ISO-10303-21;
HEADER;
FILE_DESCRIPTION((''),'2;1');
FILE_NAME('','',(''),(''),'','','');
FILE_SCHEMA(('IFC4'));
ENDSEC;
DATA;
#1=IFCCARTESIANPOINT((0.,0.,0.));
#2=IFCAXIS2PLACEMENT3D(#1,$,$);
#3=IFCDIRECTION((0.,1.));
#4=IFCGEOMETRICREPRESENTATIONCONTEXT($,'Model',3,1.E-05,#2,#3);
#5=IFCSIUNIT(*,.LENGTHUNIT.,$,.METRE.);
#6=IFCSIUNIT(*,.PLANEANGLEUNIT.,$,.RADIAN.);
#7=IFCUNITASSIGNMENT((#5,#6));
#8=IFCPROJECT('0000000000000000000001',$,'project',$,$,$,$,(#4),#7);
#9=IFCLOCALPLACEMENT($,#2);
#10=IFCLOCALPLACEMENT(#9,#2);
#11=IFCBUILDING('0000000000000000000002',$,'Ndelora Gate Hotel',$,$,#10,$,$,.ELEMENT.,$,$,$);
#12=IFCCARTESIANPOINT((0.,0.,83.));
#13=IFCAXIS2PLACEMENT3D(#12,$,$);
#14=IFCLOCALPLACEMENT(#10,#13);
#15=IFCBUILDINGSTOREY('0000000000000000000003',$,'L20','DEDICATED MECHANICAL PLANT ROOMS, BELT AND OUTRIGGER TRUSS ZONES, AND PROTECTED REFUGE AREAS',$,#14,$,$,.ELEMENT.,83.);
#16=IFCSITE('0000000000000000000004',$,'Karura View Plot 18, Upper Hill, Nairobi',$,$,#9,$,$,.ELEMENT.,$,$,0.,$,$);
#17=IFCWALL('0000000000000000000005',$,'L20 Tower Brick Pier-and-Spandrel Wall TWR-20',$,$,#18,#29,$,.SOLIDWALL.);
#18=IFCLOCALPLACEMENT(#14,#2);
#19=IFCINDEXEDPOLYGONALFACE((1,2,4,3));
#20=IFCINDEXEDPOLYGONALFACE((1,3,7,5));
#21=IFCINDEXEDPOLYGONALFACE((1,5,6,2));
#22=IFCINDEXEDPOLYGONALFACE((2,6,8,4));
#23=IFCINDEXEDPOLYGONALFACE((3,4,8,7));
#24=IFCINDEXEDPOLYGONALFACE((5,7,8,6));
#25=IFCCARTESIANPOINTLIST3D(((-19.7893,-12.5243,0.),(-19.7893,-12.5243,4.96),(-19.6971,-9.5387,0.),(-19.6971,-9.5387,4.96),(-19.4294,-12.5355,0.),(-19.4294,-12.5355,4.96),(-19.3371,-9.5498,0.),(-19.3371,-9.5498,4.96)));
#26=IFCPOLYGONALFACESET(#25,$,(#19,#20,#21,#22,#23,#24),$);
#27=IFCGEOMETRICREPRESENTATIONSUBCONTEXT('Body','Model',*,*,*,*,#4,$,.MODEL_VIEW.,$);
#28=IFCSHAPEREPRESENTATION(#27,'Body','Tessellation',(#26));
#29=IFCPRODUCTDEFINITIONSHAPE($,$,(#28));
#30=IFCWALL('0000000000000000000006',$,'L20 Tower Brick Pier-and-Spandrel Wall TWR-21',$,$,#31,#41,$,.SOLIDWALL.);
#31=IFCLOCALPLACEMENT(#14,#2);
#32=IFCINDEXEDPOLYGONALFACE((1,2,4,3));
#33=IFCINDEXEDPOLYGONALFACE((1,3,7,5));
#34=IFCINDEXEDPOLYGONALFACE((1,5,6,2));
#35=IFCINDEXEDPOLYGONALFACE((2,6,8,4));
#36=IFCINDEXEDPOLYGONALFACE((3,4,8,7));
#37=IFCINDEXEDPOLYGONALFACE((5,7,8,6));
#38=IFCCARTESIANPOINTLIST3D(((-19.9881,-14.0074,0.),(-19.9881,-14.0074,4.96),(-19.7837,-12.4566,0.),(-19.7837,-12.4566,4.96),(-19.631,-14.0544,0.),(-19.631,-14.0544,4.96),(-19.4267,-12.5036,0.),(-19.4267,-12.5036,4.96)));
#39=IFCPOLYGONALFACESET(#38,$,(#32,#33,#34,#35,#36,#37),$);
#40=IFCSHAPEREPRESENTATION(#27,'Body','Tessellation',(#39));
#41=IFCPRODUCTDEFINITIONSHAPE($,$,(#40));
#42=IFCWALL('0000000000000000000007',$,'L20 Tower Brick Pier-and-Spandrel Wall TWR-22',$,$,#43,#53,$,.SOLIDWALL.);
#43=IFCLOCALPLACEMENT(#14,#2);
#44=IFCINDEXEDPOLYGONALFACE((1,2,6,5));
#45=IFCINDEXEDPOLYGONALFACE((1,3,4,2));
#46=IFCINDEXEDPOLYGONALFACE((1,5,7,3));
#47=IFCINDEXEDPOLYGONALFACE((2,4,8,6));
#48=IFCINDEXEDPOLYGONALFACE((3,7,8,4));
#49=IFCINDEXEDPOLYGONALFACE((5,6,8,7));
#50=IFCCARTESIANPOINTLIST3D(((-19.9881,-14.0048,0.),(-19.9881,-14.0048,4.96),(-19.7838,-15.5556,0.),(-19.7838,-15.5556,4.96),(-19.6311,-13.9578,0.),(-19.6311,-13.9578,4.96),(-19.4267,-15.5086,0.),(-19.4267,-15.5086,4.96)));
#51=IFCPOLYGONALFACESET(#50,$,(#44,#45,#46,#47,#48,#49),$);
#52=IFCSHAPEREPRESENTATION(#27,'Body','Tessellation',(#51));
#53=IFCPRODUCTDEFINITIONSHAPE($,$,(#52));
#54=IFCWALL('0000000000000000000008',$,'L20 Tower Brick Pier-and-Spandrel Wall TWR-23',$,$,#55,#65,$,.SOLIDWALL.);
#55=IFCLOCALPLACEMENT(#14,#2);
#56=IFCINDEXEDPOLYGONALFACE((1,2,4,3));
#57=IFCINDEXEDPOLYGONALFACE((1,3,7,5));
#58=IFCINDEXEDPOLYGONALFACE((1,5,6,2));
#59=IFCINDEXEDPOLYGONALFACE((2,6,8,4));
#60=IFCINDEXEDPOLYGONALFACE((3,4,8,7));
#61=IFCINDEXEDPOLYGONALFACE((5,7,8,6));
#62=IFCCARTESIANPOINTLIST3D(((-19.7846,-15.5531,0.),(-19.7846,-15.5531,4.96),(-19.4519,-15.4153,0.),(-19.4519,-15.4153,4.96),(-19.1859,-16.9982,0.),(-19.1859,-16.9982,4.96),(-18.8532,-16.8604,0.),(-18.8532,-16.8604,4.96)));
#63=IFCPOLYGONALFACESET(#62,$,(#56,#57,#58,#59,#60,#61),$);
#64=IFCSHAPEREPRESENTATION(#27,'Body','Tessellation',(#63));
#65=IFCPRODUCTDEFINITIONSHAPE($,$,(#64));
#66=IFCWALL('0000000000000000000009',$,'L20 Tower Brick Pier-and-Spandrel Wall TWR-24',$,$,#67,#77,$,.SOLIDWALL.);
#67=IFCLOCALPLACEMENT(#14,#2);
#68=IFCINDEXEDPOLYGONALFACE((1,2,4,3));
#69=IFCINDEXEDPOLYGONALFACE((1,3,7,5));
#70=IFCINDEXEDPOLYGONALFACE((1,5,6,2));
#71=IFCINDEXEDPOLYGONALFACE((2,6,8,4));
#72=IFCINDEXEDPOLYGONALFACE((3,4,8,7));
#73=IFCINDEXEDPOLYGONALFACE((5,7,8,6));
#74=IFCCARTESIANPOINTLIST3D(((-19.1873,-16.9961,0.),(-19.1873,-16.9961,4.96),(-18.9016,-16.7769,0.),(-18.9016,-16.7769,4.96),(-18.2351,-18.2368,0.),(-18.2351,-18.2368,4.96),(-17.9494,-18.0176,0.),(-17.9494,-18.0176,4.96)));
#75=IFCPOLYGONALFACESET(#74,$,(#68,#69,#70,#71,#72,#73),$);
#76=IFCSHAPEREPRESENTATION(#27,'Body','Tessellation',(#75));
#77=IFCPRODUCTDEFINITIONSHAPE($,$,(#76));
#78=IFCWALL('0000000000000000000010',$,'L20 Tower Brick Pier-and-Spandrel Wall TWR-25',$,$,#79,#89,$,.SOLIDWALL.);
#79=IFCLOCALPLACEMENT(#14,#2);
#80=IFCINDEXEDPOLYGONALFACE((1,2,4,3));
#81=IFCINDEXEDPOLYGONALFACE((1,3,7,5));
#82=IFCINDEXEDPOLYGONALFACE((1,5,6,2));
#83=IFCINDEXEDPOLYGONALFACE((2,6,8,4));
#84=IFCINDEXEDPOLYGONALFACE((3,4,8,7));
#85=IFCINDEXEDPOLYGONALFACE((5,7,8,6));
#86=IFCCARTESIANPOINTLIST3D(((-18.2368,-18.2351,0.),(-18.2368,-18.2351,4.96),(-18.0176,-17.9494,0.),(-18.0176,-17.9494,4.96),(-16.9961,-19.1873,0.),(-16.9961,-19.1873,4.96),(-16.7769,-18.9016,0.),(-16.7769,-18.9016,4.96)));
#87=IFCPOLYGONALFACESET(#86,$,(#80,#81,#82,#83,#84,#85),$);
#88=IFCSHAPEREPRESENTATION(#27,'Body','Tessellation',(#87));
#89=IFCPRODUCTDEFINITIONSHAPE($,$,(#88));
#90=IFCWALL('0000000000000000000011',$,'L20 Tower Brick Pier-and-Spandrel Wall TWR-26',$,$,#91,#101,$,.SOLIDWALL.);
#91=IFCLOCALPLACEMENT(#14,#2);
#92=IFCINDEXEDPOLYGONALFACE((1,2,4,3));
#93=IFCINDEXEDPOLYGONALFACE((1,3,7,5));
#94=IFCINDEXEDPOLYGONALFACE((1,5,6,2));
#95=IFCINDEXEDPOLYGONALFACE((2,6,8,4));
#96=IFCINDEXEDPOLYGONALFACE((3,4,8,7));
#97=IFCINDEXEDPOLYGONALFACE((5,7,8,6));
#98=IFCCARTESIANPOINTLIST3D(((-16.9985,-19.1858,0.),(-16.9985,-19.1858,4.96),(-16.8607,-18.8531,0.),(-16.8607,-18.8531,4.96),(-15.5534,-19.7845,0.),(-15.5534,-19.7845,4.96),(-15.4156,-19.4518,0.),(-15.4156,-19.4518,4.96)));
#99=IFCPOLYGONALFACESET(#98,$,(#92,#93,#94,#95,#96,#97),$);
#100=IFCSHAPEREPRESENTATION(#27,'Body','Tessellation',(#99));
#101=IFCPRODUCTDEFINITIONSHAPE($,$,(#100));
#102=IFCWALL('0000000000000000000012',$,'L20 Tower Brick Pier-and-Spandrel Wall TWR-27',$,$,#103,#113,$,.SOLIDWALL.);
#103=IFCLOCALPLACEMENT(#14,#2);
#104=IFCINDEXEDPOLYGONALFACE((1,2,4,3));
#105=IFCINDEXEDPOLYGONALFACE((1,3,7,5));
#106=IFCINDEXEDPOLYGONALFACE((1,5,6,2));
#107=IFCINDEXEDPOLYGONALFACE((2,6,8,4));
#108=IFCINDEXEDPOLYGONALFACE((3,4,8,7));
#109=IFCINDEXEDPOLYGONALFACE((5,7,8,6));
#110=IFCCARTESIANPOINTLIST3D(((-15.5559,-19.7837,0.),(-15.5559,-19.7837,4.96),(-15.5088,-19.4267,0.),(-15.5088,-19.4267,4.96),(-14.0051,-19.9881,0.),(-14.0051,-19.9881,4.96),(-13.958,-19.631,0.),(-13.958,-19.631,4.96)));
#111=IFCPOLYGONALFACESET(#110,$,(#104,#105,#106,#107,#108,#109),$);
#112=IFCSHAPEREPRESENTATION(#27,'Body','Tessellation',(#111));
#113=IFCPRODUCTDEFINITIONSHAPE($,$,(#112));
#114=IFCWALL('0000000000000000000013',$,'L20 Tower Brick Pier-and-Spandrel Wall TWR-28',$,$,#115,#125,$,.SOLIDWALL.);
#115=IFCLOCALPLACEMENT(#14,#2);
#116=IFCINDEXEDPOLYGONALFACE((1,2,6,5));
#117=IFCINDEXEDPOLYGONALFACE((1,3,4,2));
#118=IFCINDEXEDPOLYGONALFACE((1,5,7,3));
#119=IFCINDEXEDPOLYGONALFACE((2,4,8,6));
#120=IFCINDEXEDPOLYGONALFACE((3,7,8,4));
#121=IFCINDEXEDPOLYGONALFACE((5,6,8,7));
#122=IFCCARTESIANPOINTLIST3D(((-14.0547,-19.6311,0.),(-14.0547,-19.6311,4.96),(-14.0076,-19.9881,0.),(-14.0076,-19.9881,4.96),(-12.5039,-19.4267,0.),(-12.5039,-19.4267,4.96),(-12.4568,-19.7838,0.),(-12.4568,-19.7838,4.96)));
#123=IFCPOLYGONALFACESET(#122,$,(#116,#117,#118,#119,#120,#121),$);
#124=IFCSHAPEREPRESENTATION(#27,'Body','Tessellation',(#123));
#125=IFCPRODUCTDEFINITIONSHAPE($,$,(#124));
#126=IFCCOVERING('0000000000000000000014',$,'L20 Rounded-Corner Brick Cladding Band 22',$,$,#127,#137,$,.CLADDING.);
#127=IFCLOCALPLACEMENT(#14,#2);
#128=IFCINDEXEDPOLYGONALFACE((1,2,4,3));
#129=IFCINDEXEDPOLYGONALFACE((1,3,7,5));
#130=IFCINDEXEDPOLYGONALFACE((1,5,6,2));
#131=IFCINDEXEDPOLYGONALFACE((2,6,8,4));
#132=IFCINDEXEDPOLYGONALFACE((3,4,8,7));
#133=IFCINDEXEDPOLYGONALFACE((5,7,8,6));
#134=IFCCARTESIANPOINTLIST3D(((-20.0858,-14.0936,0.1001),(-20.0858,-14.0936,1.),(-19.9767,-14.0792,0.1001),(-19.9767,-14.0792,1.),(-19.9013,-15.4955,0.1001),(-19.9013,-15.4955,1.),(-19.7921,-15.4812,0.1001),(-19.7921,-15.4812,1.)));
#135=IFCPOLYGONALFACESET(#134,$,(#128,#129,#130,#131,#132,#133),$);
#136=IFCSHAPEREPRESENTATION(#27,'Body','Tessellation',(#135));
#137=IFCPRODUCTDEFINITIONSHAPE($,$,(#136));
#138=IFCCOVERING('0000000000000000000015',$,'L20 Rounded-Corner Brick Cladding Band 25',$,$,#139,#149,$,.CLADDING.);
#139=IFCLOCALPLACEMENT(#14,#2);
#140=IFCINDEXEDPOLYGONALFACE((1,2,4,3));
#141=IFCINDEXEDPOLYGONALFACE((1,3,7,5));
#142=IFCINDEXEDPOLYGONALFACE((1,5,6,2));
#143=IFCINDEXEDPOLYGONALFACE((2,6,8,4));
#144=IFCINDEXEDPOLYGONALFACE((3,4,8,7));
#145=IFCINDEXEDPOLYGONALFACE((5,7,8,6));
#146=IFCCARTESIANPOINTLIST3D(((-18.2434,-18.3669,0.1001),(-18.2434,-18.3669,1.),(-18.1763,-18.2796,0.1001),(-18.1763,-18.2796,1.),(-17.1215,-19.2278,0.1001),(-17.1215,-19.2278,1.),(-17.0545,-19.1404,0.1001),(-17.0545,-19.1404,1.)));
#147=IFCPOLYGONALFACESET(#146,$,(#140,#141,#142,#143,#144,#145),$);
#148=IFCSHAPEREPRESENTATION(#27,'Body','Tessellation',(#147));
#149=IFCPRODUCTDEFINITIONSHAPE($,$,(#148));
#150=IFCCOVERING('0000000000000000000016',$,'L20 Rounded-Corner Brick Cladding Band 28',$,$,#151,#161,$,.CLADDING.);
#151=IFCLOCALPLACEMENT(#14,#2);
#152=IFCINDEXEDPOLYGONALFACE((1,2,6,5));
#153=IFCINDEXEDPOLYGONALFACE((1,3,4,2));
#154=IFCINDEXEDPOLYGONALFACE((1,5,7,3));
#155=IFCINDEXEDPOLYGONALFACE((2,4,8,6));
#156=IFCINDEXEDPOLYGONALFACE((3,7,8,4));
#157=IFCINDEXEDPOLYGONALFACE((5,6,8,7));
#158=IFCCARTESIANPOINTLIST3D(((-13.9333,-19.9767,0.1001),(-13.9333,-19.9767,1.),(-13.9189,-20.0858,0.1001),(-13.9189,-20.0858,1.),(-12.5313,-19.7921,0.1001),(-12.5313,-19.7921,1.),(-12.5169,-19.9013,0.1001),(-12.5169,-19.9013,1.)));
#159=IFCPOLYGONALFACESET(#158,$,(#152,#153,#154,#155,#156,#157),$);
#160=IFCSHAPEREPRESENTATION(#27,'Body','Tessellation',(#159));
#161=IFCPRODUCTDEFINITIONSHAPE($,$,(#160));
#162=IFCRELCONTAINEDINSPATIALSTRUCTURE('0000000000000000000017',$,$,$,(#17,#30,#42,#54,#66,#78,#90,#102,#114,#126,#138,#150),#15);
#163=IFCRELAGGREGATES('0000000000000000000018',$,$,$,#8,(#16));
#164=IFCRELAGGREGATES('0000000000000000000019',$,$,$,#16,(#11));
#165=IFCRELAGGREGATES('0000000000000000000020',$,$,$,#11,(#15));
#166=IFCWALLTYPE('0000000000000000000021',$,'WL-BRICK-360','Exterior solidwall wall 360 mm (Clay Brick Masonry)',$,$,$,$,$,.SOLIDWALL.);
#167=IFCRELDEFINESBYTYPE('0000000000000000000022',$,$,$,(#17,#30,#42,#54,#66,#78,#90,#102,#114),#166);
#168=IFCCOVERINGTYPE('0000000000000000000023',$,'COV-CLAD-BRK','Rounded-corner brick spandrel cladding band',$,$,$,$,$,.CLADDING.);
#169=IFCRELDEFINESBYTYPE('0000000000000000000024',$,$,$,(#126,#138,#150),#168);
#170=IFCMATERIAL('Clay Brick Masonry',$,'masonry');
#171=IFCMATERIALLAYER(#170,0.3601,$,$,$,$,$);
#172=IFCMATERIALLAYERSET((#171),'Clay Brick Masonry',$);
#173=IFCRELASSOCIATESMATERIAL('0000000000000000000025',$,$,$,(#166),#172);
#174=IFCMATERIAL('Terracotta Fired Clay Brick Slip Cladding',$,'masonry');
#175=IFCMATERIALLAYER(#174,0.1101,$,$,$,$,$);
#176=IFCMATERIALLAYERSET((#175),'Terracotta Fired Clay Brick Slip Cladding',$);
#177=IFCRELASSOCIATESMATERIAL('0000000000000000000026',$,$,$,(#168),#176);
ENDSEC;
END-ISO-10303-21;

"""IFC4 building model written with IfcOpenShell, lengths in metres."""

from ifc_helpers import new_model, si_unit, direction, frame, frame_2d, origin, origin_2d, place, context, subcontext, project, spatial, rectangle, extrude, material, layer, layer_set, type_object, element, save


model = new_model("IFC4")

# Units and contexts
model_context = context("Model", 3, precision=1e-05, world=origin(), true_north=direction((0.0, 1.0)))
body_context = subcontext(model_context, "Body", "Model", "MODEL_VIEW")
ifc_project = project(units=[si_unit("LENGTHUNIT", "METRE"), si_unit("PLANEANGLEUNIT", "RADIAN")], contexts=[model_context])

# Site, building, storey
site_placement = place(None, origin())
site = spatial("IfcSite", under=ifc_project, at=site_placement, Name="Karura View Plot 18, Upper Hill, Nairobi", CompositionType="ELEMENT", RefElevation=0.0)
building_placement = place(site_placement, origin())
building = spatial("IfcBuilding", under=site, at=building_placement, Name="Ndelora Gate Hotel", CompositionType="ELEMENT")
storey_placement = place(building_placement, frame((0.0, 0.0, 83.0)))
storey = spatial("IfcBuildingStorey", under=building, at=storey_placement, Name="L20", Description="DEDICATED MECHANICAL PLANT ROOMS, BELT AND OUTRIGGER TRUSS ZONES, AND PROTECTED REFUGE AREAS", CompositionType="ELEMENT", Elevation=83.0)

# Walls
ifc_material_1 = material(Name="Clay Brick Masonry", Category="masonry")
ifc_layer_1 = layer(ifc_material_1, 0.3601)
ifc_layer_set_1 = layer_set([ifc_layer_1], Name="Clay Brick Masonry")
wall_type = type_object("IfcWallType", Name="WL-BRICK-360", Description="Exterior solidwall wall 360 mm (Clay Brick Masonry)", PredefinedType="SOLIDWALL", material=ifc_layer_set_1)
wall_placement = place(storey_placement, frame((-19.6094, -12.53, 0.0), z_axis=(0.0, 0.0, 1.0), x_axis=(0.030895, 0.999523, 0.0)))
element("IfcWall", 1, at=wall_placement, inside=storey, type_object=wall_type, Name="L20 Tower Brick Pier-and-Spandrel Wall TWR-20", PredefinedType="SOLIDWALL", context=body_context, shape_type="SweptSolid", body=[
    extrude(rectangle(XDim=2.9871, YDim=0.3601, at=frame_2d((1.4937, 0.0))), origin(), (0.0, 0.0, 1.0), 4.96),
])
for number, where, z_axis, x_axis, name in (
    (2, (-19.8096, -14.031, 0.0), (0.0, 0.0, 1.0), (0.13064, 0.99143, 0.0), "L20 Tower Brick Pier-and-Spandrel Wall TWR-21"),
    (3, (-19.6052, -15.5322, 0.0), (0.0, 0.0, 1.0), (-0.13064, 0.99143, 0.0), "L20 Tower Brick Pier-and-Spandrel Wall TWR-22"),
    (4, (-19.0195, -16.9294, 0.0), (0.0, 0.0, 1.0), (-0.382719, 0.923865, 0.0), "L20 Tower Brick Pier-and-Spandrel Wall TWR-23"),
):
    element("IfcWall", number, at=place(storey_placement, frame(where, z_axis=z_axis, x_axis=x_axis)), inside=storey, type_object=wall_type, Name=name, PredefinedType="SOLIDWALL", context=body_context, shape_type="SweptSolid", body=[
        extrude(rectangle(XDim=1.5642, YDim=0.3601, at=frame_2d((0.7822, 0.0))), origin(), (0.0, 0.0, 1.0), 4.96),
    ])
for number, where, z_axis, x_axis, name in (
    (5, (-18.0923, -18.1272, 0.0), (0.0, 0.0, 1.0), (-0.608805, 0.79332, 0.0), "L20 Tower Brick Pier-and-Spandrel Wall TWR-24"),
    (6, (-16.8865, -19.0444, 0.0), (0.0, 0.0, 1.0), (-0.79332, 0.608805, 0.0), "L20 Tower Brick Pier-and-Spandrel Wall TWR-25"),
):
    element("IfcWall", number, at=place(storey_placement, frame(where, z_axis=z_axis, x_axis=x_axis)), inside=storey, type_object=wall_type, Name=name, PredefinedType="SOLIDWALL", context=body_context, shape_type="SweptSolid", body=[
        extrude(rectangle(XDim=1.564, YDim=0.3601, at=frame_2d((0.782, 0.0))), origin(), (0.0, 0.0, 1.0), 4.96),
    ])
for number, where, z_axis, x_axis, name in (
    (7, (-15.4844, -19.6182, 0.0), (0.0, 0.0, 1.0), (-0.923865, 0.382719, 0.0), "L20 Tower Brick Pier-and-Spandrel Wall TWR-26"),
    (8, (-13.9814, -19.8096, 0.0), (0.0, 0.0, 1.0), (-0.99143, 0.13064, 0.0), "L20 Tower Brick Pier-and-Spandrel Wall TWR-27"),
    (9, (-12.4802, -19.6052, 0.0), (0.0, 0.0, 1.0), (-0.99143, -0.13064, 0.0), "L20 Tower Brick Pier-and-Spandrel Wall TWR-28"),
):
    element("IfcWall", number, at=place(storey_placement, frame(where, z_axis=z_axis, x_axis=x_axis)), inside=storey, type_object=wall_type, Name=name, PredefinedType="SOLIDWALL", context=body_context, shape_type="SweptSolid", body=[
        extrude(rectangle(XDim=1.5642, YDim=0.3601, at=frame_2d((0.7822, 0.0))), origin(), (0.0, 0.0, 1.0), 4.96),
    ])

# Coverings
ifc_material_2 = material(Name="Terracotta Fired Clay Brick Slip Cladding", Category="masonry")
ifc_layer_2 = layer(ifc_material_2, 0.1101)
ifc_layer_set_2 = layer_set([ifc_layer_2], Name="Terracotta Fired Clay Brick Slip Cladding")
covering_type = type_object("IfcCoveringType", Name="COV-CLAD-BRK", Description="Rounded-corner brick spandrel cladding band", PredefinedType="CLADDING", material=ifc_layer_set_2)
for number, where, z_axis, x_axis, name in (
    (10, (-19.939, -14.7874, 0.1001), (0.0, 0.0, 1.0), (-0.130526, 0.991445, 0.0), "L20 Rounded-Corner Brick Cladding Band 22"),
    (11, (-17.6489, -18.7537, 0.1001), (0.0, 0.0, 1.0), (-0.793353, 0.608761, 0.0), "L20 Rounded-Corner Brick Cladding Band 25"),
    (12, (-13.2251, -19.939, 0.1001), (0.0, 0.0, 1.0), (0.991445, 0.130526, 0.0), "L20 Rounded-Corner Brick Cladding Band 28"),
):
    element("IfcCovering", number, at=place(storey_placement, frame(where, z_axis=z_axis, x_axis=x_axis)), inside=storey, type_object=covering_type, Name=name, PredefinedType="CLADDING", context=body_context, shape_type="SweptSolid", body=[
        extrude(rectangle(XDim=1.4141, YDim=0.1101, at=origin_2d()), origin(), (0.0, 0.0, 1.0), 0.8999),
    ])

save(model, "model.ifc")
